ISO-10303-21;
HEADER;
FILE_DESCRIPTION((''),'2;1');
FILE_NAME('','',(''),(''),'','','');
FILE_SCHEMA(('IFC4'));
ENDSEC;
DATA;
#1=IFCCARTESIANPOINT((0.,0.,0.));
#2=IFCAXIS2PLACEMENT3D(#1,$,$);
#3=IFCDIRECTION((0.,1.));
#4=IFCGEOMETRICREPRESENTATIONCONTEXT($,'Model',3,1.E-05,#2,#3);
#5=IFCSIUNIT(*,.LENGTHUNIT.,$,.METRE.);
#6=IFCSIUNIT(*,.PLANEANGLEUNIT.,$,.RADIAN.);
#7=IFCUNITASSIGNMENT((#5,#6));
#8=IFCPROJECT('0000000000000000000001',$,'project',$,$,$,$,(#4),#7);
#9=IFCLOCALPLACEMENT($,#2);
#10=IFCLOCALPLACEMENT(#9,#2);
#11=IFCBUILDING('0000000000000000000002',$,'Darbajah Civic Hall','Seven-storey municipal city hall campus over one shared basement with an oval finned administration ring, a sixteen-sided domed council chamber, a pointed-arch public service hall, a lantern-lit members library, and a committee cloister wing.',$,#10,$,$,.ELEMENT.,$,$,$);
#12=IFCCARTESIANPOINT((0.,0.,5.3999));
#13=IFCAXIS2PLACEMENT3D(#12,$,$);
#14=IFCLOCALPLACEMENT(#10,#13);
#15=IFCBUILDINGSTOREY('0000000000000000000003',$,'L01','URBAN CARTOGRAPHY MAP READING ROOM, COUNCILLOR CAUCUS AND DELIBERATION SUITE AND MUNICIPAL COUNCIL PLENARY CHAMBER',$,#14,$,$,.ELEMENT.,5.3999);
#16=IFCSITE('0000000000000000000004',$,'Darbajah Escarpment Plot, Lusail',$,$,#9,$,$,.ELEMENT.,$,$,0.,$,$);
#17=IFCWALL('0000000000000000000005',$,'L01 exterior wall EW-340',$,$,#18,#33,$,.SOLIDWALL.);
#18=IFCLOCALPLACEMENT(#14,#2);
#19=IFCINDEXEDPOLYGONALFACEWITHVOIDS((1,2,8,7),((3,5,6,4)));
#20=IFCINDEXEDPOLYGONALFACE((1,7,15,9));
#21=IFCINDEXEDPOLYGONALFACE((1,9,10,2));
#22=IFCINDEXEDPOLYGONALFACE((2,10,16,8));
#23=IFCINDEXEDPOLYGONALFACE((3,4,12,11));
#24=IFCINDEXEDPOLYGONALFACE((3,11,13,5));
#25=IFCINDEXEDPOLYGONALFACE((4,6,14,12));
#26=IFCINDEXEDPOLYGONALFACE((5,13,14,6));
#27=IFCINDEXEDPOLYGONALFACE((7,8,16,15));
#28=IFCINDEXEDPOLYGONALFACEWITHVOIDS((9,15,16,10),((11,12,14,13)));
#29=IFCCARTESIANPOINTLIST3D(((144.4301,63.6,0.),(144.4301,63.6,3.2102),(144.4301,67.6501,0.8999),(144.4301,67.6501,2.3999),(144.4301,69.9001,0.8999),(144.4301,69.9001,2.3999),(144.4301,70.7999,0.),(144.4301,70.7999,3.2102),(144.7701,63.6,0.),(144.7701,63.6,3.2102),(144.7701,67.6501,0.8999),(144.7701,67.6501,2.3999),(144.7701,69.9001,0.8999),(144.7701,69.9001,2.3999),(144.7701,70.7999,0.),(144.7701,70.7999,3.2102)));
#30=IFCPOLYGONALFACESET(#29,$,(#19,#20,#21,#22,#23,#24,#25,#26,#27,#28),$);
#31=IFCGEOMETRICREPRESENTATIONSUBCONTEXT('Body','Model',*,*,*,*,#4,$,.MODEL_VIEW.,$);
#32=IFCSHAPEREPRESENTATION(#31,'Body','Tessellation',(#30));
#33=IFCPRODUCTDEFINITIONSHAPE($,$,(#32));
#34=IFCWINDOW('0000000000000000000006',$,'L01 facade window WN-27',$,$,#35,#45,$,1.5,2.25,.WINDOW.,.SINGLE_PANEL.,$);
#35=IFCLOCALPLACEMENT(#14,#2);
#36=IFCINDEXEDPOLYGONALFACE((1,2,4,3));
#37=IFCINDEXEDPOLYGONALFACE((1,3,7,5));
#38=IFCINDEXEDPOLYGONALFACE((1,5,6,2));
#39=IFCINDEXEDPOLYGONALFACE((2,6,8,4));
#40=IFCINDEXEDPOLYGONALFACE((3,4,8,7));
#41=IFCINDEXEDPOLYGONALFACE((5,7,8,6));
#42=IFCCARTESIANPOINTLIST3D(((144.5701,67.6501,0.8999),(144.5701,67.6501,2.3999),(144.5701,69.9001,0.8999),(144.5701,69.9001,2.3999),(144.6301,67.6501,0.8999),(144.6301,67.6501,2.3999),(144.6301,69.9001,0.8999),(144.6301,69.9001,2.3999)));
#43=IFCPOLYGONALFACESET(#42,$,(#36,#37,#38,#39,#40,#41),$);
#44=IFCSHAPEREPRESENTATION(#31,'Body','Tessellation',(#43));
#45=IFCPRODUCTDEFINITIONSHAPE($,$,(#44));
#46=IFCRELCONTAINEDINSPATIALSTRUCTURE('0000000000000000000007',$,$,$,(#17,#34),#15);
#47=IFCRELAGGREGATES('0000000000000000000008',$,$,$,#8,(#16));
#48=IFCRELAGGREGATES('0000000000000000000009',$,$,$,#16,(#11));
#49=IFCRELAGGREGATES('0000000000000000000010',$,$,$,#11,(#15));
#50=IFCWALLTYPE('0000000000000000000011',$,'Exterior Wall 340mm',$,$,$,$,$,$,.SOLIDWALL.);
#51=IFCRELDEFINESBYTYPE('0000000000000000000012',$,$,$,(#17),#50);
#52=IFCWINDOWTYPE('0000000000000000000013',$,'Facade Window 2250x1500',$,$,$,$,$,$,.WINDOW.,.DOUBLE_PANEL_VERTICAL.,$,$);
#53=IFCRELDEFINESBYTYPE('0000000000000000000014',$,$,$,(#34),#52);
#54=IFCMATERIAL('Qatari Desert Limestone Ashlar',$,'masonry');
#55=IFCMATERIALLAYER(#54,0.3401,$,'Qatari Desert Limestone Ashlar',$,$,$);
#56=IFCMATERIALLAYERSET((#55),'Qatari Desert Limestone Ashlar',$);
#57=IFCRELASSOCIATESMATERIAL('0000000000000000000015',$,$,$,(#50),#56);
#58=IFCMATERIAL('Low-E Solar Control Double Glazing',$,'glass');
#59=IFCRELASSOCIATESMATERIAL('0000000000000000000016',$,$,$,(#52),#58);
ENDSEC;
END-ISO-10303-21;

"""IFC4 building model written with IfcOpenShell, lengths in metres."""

from ifc_helpers import new_model, si_unit, direction, frame, frame_2d, origin, place, context, subcontext, project, spatial, rectangle, extrude, material, layer, layer_set, type_object, element, fill, save


model = new_model("IFC4")

# Units and contexts
model_context = context("Model", 3, precision=1e-05, world=origin(), true_north=direction((0.0, 1.0)))
body_context = subcontext(model_context, "Body", "Model", "MODEL_VIEW")
ifc_project = project(units=[si_unit("LENGTHUNIT", "METRE"), si_unit("PLANEANGLEUNIT", "RADIAN")], contexts=[model_context])

# Site, building, storey
site_placement = place(None, origin())
site = spatial("IfcSite", under=ifc_project, at=site_placement, Name="Darbajah Escarpment Plot, Lusail", CompositionType="ELEMENT", RefElevation=0.0)
building_placement = place(site_placement, origin())
building = spatial("IfcBuilding", under=site, at=building_placement, Name="Darbajah Civic Hall", Description="Seven-storey municipal city hall campus over one shared basement with an oval finned administration ring, a sixteen-sided domed council chamber, a pointed-arch public service hall, a lantern-lit members library, and a committee cloister wing.", CompositionType="ELEMENT")
storey_placement = place(building_placement, frame((0.0, 0.0, 5.3999)))
storey = spatial("IfcBuildingStorey", under=building, at=storey_placement, Name="L01", Description="URBAN CARTOGRAPHY MAP READING ROOM, COUNCILLOR CAUCUS AND DELIBERATION SUITE AND MUNICIPAL COUNCIL PLENARY CHAMBER", CompositionType="ELEMENT", Elevation=5.3999)

# Shared definitions
ifc_material_1 = material(Name="Low-E Solar Control Double Glazing", Category="glass")

# Wall, opening, window
ifc_material_2 = material(Name="Qatari Desert Limestone Ashlar", Category="masonry")
ifc_layer_1 = layer(ifc_material_2, 0.3401, Name="Qatari Desert Limestone Ashlar")
ifc_layer_set_1 = layer_set([ifc_layer_1], Name="Qatari Desert Limestone Ashlar")
wall_type = type_object("IfcWallType", Name="Exterior Wall 340mm", PredefinedType="SOLIDWALL", material=ifc_layer_set_1)
wall_1_placement = place(storey_placement, frame((144.6001, 70.8, 0.0), z_axis=(0.0, 0.0, 1.0), x_axis=(0.0, -1.0, 0.0)))
wall_1 = element("IfcWall", 1, at=wall_1_placement, inside=storey, type_object=wall_type, Name="L01 exterior wall EW-340", PredefinedType="SOLIDWALL", context=body_context, shape_type="SweptSolid", body=[
    extrude(rectangle(XDim=7.2, YDim=0.3401, at=frame_2d((3.6001, 0.0))), origin(), (0.0, 0.0, 1.0), 3.2102),
])
opening_1_placement = place(wall_1_placement, frame((0.8999, 0.0, 0.8999)))
opening_1 = element("IfcOpeningElement", 2, at=opening_1_placement, cuts=wall_1, PredefinedType="OPENING", context=body_context, shape_type="SweptSolid", body=[
    extrude(rectangle(XDim=2.25, YDim=1.5, at=frame_2d((1.125, 0.75))), frame((0.0, 0.1799, 0.0), z_axis=(0.0, -1.0, 0.0), x_axis=(1.0, 0.0, 0.0)), (0.0, 0.0, 1.0), 0.3601),
])
window_type_1 = type_object("IfcWindowType", Name="Facade Window 2250x1500", PartitioningType="DOUBLE_PANEL_VERTICAL", PredefinedType="WINDOW", material=ifc_material_1)
window_1_placement = place(opening_1_placement, origin())
window_1 = element("IfcWindow", 3, at=window_1_placement, inside=storey, type_object=window_type_1, Name="L01 facade window WN-27", OverallHeight=1.5, OverallWidth=2.25, PartitioningType="SINGLE_PANEL", PredefinedType="WINDOW", context=body_context, shape_type="SweptSolid", body=[
    extrude(rectangle(XDim=2.25, YDim=1.5, at=frame_2d((1.125, 0.75))), frame((0.0, 0.03, 0.0), z_axis=(0.0, -1.0, 0.0), x_axis=(1.0, 0.0, 0.0)), (0.0, 0.0, 1.0), 0.0601),
])
fill(opening_1, window_1)

save(model, "model.ifc")
